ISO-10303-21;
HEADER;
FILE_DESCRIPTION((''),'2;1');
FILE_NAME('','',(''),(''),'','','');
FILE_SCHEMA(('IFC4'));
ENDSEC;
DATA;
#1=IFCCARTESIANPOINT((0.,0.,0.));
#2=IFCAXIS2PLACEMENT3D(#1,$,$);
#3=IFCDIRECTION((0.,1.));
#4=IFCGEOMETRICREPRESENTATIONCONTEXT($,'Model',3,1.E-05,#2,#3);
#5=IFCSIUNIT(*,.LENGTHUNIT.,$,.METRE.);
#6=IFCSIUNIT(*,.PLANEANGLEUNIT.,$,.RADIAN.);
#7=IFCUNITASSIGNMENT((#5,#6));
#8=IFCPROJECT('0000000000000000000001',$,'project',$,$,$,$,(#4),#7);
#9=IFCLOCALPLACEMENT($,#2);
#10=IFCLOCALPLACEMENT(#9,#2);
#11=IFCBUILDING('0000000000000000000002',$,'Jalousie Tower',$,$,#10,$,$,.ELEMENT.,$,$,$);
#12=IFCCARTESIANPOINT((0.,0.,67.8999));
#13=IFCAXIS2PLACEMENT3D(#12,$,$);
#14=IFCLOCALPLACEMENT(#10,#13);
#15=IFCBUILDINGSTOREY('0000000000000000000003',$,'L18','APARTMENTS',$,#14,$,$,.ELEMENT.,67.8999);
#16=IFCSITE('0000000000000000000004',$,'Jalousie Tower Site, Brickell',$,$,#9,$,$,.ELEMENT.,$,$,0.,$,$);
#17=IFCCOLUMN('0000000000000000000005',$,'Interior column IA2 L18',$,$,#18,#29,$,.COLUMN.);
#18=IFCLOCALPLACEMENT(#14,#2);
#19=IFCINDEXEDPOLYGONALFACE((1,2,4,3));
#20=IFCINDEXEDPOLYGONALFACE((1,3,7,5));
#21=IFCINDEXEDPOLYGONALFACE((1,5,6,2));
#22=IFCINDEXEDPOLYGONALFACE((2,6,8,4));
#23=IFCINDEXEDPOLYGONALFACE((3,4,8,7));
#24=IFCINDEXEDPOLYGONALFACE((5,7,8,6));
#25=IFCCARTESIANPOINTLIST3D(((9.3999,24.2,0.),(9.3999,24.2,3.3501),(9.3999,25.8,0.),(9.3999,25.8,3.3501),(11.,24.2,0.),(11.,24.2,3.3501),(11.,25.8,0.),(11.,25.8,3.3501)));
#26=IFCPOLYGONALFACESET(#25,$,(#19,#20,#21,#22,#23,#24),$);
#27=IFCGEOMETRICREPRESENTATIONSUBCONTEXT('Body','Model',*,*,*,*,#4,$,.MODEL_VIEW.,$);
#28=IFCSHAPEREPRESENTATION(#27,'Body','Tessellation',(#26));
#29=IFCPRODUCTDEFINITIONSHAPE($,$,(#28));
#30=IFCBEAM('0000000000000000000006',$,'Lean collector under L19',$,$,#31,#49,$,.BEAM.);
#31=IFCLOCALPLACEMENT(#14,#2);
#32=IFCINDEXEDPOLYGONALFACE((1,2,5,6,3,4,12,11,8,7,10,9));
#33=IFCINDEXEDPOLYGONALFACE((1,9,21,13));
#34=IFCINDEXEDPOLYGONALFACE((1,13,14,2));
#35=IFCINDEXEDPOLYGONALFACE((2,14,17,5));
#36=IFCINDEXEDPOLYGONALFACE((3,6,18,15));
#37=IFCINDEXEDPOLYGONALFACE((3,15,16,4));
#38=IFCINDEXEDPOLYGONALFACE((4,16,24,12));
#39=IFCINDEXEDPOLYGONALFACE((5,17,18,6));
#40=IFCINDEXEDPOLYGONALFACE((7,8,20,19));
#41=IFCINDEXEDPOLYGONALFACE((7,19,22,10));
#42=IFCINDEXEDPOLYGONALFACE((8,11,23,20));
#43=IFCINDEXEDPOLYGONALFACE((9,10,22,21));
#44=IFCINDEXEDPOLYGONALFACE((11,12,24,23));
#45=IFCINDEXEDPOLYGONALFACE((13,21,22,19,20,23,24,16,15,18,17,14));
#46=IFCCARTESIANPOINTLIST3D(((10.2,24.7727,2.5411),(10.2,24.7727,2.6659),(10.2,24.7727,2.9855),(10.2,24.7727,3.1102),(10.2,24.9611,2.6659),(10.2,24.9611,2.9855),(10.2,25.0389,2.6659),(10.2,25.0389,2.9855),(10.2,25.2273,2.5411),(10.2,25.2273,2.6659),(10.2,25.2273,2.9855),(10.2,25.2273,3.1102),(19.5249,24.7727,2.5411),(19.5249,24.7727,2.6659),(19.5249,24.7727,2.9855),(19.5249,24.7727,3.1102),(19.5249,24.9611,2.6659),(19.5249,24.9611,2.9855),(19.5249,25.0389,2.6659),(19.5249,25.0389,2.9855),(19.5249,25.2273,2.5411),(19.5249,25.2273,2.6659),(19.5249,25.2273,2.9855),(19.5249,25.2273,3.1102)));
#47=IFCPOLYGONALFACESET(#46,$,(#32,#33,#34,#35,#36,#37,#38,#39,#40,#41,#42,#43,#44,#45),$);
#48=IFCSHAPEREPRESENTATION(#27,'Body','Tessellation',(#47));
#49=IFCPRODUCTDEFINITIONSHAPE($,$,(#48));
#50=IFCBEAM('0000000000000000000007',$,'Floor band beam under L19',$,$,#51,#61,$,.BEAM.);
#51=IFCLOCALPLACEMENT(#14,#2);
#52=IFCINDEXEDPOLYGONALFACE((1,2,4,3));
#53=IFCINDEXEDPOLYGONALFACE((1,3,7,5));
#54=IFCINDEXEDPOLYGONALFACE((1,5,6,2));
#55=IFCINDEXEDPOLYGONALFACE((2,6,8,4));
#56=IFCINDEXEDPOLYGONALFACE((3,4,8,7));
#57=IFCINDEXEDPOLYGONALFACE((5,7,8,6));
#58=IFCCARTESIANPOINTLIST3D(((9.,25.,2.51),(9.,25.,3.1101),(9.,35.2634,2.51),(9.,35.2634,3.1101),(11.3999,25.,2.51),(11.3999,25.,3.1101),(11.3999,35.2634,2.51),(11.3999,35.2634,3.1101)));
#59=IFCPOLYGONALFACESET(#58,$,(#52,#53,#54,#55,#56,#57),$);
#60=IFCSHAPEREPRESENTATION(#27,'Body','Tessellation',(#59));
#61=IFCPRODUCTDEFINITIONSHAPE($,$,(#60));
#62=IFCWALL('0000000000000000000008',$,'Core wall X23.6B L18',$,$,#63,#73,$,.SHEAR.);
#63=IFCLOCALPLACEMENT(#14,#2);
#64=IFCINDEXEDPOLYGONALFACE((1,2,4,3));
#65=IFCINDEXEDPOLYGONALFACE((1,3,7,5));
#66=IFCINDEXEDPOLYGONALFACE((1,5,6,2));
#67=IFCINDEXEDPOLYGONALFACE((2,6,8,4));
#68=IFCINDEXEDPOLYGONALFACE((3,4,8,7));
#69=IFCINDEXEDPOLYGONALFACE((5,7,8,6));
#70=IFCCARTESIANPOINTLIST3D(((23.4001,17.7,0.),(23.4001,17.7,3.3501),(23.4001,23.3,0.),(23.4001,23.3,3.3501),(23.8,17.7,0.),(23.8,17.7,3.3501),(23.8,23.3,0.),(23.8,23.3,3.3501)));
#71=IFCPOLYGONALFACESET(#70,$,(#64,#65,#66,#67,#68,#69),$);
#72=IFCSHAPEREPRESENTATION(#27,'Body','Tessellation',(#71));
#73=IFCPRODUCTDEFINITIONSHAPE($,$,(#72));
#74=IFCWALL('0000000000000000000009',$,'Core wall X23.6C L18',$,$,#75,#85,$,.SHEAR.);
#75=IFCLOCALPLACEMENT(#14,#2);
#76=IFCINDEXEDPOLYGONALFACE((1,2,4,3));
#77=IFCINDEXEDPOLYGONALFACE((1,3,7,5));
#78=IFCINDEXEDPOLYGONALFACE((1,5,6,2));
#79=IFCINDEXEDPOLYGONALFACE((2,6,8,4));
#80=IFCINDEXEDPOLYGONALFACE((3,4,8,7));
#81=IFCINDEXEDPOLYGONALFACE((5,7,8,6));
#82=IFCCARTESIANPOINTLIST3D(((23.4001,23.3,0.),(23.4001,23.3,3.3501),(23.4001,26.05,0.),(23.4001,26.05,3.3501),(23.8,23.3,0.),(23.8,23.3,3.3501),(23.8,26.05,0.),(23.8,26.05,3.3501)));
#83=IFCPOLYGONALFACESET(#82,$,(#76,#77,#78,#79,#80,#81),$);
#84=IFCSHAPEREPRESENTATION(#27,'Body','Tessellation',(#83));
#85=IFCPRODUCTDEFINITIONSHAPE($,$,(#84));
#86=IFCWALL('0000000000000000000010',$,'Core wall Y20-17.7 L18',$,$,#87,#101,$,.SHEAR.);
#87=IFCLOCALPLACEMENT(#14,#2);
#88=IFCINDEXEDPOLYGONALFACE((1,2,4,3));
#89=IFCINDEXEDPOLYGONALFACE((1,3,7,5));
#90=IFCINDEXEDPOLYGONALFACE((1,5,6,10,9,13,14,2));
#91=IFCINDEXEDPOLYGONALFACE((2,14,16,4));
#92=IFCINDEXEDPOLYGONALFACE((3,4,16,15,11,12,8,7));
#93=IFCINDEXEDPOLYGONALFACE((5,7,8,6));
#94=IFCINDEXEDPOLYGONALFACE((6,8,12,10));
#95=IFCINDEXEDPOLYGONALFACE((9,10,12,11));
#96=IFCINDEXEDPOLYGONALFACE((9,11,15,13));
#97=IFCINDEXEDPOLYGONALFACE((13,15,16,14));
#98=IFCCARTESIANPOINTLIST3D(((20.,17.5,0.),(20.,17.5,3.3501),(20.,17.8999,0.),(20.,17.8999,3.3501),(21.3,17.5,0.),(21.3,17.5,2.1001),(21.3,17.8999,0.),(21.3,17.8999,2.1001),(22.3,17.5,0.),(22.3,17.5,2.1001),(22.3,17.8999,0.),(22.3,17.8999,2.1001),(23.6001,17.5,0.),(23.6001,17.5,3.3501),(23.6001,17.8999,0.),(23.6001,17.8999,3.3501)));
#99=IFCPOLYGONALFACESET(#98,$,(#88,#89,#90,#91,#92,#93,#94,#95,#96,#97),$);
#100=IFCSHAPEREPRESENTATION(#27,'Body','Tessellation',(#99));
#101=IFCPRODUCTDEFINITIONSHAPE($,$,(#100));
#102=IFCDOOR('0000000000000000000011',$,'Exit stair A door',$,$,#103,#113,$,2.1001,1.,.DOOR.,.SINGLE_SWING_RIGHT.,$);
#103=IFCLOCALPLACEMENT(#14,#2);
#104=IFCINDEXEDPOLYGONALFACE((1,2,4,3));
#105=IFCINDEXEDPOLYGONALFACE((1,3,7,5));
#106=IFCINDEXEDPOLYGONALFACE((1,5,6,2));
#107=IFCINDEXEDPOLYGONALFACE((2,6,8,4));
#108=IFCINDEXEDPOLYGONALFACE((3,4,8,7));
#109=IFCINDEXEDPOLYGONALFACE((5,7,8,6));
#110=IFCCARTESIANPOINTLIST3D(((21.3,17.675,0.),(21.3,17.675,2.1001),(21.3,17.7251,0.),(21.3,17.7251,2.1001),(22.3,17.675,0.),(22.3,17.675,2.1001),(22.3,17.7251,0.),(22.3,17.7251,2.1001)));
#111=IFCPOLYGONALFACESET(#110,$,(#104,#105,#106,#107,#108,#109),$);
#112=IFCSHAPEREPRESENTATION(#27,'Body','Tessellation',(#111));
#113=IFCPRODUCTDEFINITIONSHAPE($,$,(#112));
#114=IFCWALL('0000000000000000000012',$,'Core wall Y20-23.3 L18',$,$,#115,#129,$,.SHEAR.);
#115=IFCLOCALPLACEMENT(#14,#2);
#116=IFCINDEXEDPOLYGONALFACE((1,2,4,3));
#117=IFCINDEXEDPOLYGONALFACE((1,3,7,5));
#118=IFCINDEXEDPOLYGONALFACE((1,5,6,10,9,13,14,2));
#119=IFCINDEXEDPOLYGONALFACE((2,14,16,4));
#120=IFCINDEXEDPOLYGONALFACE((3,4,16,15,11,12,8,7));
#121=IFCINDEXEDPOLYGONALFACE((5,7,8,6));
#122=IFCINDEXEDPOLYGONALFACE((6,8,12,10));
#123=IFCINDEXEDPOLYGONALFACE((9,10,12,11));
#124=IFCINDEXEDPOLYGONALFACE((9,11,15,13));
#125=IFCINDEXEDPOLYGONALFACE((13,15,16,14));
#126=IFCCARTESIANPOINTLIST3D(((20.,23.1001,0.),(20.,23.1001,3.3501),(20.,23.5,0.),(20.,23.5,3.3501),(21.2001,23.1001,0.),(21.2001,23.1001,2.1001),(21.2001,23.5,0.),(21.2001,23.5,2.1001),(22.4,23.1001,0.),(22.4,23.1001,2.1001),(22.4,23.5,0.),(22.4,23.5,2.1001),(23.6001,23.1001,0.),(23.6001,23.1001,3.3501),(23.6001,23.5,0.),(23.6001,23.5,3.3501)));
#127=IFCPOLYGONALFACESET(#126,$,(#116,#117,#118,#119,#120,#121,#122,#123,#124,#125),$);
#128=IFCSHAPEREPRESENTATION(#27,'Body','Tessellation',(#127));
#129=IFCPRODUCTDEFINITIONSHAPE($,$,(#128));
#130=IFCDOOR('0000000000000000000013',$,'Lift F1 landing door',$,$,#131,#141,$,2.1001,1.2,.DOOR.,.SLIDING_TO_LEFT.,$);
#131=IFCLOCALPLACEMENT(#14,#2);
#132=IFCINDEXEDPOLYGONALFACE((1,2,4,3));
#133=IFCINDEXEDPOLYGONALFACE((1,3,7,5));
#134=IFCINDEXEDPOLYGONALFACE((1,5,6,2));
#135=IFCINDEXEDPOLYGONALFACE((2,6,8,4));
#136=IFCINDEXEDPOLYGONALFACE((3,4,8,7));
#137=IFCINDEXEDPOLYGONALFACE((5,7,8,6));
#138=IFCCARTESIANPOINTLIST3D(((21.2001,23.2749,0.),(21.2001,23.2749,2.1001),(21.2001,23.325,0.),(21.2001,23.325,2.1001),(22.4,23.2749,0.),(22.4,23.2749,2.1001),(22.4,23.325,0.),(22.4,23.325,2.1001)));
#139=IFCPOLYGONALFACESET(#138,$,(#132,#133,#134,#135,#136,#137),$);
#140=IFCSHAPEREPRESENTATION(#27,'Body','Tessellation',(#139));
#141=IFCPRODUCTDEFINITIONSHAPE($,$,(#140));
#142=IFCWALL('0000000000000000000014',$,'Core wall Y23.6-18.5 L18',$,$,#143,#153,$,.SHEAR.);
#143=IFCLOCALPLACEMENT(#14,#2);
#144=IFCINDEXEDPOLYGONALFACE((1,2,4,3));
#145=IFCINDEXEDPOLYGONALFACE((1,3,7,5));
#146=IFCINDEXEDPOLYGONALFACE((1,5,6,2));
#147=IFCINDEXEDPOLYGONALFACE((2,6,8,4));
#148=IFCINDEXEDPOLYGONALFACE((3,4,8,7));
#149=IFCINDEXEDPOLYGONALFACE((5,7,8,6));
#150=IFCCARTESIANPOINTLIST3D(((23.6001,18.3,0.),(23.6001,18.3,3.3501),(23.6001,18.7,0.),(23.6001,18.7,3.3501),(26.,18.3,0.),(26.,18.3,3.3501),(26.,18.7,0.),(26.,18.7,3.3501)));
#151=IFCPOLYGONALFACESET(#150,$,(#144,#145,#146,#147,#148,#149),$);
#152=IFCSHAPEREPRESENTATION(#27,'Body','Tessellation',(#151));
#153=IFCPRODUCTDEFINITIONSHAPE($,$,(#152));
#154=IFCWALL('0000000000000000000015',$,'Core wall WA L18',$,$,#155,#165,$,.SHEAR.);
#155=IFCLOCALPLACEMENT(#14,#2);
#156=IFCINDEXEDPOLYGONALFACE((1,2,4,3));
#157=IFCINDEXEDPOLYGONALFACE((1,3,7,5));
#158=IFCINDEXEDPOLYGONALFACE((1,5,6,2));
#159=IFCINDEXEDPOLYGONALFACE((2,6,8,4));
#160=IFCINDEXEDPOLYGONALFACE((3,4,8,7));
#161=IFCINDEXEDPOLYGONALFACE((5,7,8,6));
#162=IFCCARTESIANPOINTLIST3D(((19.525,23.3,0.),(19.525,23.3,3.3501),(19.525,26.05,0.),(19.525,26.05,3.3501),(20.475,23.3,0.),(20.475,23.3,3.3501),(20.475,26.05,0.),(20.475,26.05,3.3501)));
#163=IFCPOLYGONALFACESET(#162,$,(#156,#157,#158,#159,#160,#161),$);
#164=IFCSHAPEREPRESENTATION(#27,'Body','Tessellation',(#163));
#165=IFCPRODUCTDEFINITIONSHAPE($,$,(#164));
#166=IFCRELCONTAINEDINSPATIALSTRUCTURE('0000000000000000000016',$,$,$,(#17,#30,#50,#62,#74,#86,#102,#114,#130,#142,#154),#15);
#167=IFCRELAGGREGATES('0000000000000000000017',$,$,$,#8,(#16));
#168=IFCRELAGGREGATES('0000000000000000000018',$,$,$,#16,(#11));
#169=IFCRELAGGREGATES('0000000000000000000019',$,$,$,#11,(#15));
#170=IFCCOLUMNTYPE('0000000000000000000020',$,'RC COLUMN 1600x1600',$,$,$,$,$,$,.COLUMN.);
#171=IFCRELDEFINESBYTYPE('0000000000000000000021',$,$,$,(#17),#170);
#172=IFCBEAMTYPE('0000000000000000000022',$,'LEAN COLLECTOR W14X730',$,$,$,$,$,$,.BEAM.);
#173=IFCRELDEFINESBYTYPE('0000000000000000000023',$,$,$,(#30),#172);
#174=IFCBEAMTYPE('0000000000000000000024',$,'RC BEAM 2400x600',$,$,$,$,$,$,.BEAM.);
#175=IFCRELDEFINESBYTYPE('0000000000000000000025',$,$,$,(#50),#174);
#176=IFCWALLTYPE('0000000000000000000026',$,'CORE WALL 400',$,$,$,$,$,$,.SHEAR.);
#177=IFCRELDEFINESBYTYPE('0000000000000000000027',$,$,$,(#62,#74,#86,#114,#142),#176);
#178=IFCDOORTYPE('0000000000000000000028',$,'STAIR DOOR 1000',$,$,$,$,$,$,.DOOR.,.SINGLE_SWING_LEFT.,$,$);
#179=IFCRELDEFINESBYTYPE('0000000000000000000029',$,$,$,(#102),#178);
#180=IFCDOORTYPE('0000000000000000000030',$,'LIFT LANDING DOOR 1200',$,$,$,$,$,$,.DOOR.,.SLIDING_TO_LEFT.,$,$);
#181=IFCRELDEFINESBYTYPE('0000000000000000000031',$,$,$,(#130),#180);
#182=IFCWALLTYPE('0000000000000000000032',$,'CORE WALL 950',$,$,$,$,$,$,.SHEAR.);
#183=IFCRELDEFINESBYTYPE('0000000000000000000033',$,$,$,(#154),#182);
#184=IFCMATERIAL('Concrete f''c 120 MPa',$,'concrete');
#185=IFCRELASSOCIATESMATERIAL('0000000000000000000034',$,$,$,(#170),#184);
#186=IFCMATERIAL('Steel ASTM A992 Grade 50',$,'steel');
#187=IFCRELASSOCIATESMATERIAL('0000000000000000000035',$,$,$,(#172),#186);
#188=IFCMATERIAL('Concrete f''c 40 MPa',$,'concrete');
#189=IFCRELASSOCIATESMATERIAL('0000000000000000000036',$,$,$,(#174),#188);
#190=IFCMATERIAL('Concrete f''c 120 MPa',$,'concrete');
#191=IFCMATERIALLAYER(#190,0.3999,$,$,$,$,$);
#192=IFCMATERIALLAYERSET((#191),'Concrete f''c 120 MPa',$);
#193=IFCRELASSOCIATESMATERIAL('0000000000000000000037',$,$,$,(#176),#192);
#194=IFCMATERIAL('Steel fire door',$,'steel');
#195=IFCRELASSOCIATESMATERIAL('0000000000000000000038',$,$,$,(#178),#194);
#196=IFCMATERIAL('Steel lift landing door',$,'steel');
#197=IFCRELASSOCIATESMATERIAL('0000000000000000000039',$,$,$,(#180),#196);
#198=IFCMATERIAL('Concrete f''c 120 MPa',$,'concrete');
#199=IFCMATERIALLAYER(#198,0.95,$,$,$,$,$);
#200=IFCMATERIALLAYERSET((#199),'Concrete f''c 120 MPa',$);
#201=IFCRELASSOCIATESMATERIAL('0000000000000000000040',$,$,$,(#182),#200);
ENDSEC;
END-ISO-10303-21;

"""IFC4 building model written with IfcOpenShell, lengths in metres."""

from ifc_helpers import new_model, si_unit, direction, frame, frame_2d, origin, origin_2d, place, context, subcontext, project, spatial, rectangle, i_section, extrude, material, layer, layer_set, material_profile, profile_set, type_object, element, fill, save


model = new_model("IFC4")

# Units and contexts
model_context = context("Model", 3, precision=1e-05, world=origin(), true_north=direction((0.0, 1.0)))
body_context = subcontext(model_context, "Body", "Model", "MODEL_VIEW")
ifc_project = project(units=[si_unit("LENGTHUNIT", "METRE"), si_unit("PLANEANGLEUNIT", "RADIAN")], contexts=[model_context])

# Site, building, storey
site_placement = place(None, origin())
site = spatial("IfcSite", under=ifc_project, at=site_placement, Name="Jalousie Tower Site, Brickell", CompositionType="ELEMENT", RefElevation=0.0)
building_placement = place(site_placement, origin())
building = spatial("IfcBuilding", under=site, at=building_placement, Name="Jalousie Tower", CompositionType="ELEMENT")
storey_placement = place(building_placement, frame((0.0, 0.0, 67.8999)))
storey = spatial("IfcBuildingStorey", under=building, at=storey_placement, Name="L18", Description="APARTMENTS", CompositionType="ELEMENT", Elevation=67.8999)

# Column
ifc_material_1 = material(Name="Concrete f'c 120 MPa", Category="concrete")
ifc_material_profile_1 = material_profile(ifc_material_1, rectangle(XDim=1.6001, YDim=1.6001, at=origin_2d()), Name="RC 1600x1600")
ifc_profile_set_1 = profile_set([ifc_material_profile_1], Name="Concrete f'c 120 MPa")
column_type = type_object("IfcColumnType", Name="RC COLUMN 1600x1600", PredefinedType="COLUMN", material=ifc_profile_set_1)
column_placement = place(storey_placement, frame((10.2, 25.0, 0.0), z_axis=(0.0, 0.0, 1.0), x_axis=(1.0, 0.0, 0.0)))
element("IfcColumn", 1, at=column_placement, inside=storey, type_object=column_type, Name="Interior column IA2 L18", PredefinedType="COLUMN", context=body_context, shape_type="SweptSolid", body=[
    extrude(rectangle(XDim=1.6001, YDim=1.6001, at=origin_2d()), origin(), (0.0, 0.0, 1.0), 3.3501),
])

# Beams
ifc_material_2 = material(Name="Steel ASTM A992 Grade 50", Category="steel")
ifc_material_profile_2 = material_profile(ifc_material_2, i_section(OverallWidth=0.4546, OverallDepth=0.5691, WebThickness=0.0779, FlangeThickness=0.1248, at=origin_2d()), Name="W14X730")
ifc_profile_set_2 = profile_set([ifc_material_profile_2], Name="Steel ASTM A992 Grade 50")
beam_type_1 = type_object("IfcBeamType", Name="LEAN COLLECTOR W14X730", PredefinedType="BEAM", material=ifc_profile_set_2)
beam_1_placement = place(storey_placement, frame((10.2, 25.0, 2.8257), z_axis=(1.0, 0.0, 0.0), x_axis=(0.0, 1.0, 0.0)))
element("IfcBeam", 2, at=beam_1_placement, inside=storey, type_object=beam_type_1, Name="Lean collector under L19", PredefinedType="BEAM", context=body_context, shape_type="SweptSolid", body=[
    extrude(i_section(OverallWidth=0.4546, OverallDepth=0.5691, WebThickness=0.0779, FlangeThickness=0.1248, at=origin_2d()), origin(), (0.0, 0.0, 1.0), 9.325),
])
ifc_material_3 = material(Name="Concrete f'c 40 MPa", Category="concrete")
ifc_material_profile_3 = material_profile(ifc_material_3, rectangle(XDim=2.3999, YDim=0.6001, at=origin_2d()), Name="RC 2400x600")
ifc_profile_set_3 = profile_set([ifc_material_profile_3], Name="Concrete f'c 40 MPa")
beam_type_2 = type_object("IfcBeamType", Name="RC BEAM 2400x600", PredefinedType="BEAM", material=ifc_profile_set_3)
beam_2_placement = place(storey_placement, frame((10.2, 25.0, 2.8101), z_axis=(0.0, 1.0, 0.0), x_axis=(-1.0, 0.0, 0.0)))
element("IfcBeam", 3, at=beam_2_placement, inside=storey, type_object=beam_type_2, Name="Floor band beam under L19", PredefinedType="BEAM", context=body_context, shape_type="SweptSolid", body=[
    extrude(rectangle(XDim=2.3999, YDim=0.6001, at=origin_2d()), origin(), (0.0, 0.0, 1.0), 10.2634),
])

# Walls
ifc_material_4 = material(Name="Concrete f'c 120 MPa", Category="concrete")
ifc_layer_1 = layer(ifc_material_4, 0.3999)
ifc_layer_set_1 = layer_set([ifc_layer_1], Name="Concrete f'c 120 MPa")
wall_type_1 = type_object("IfcWallType", Name="CORE WALL 400", PredefinedType="SHEAR", material=ifc_layer_set_1)
wall_1_placement = place(storey_placement, frame((23.6001, 17.7, 0.0), z_axis=(0.0, 0.0, 1.0), x_axis=(0.0, 1.0, 0.0)))
element("IfcWall", 4, at=wall_1_placement, inside=storey, type_object=wall_type_1, Name="Core wall X23.6B L18", PredefinedType="SHEAR", context=body_context, shape_type="SweptSolid", body=[
    extrude(rectangle(XDim=5.6001, YDim=0.3999, at=frame_2d((2.8, 0.0))), origin(), (0.0, 0.0, 1.0), 3.3501),
])
wall_2_placement = place(storey_placement, frame((23.6001, 23.3, 0.0), z_axis=(0.0, 0.0, 1.0), x_axis=(0.0, 1.0, 0.0)))
element("IfcWall", 5, at=wall_2_placement, inside=storey, type_object=wall_type_1, Name="Core wall X23.6C L18", PredefinedType="SHEAR", context=body_context, shape_type="SweptSolid", body=[
    extrude(rectangle(XDim=2.75, YDim=0.3999, at=frame_2d((1.375, 0.0))), origin(), (0.0, 0.0, 1.0), 3.3501),
])

# Walls, openings, doors
wall_3_placement = place(storey_placement, frame((20.0, 17.7, 0.0), z_axis=(0.0, 0.0, 1.0), x_axis=(1.0, 0.0, 0.0)))
wall_3 = element("IfcWall", 6, at=wall_3_placement, inside=storey, type_object=wall_type_1, Name="Core wall Y20-17.7 L18", PredefinedType="SHEAR", context=body_context, shape_type="SweptSolid", body=[
    extrude(rectangle(XDim=3.6001, YDim=0.3999, at=frame_2d((1.8, 0.0))), origin(), (0.0, 0.0, 1.0), 3.3501),
])
opening_1_placement = place(wall_3_placement, frame((1.3, 0.0, 0.0)))
opening_1 = element("IfcOpeningElement", 7, at=opening_1_placement, cuts=wall_3, PredefinedType="OPENING", context=body_context, shape_type="SweptSolid", body=[
    extrude(rectangle(XDim=1.0, YDim=2.1001, at=frame_2d((0.5, 1.05))), frame((0.0, 0.21, 0.0), z_axis=(0.0, -1.0, 0.0), x_axis=(1.0, 0.0, 0.0)), (0.0, 0.0, 1.0), 0.4199),
])
ifc_material_5 = material(Name="Steel fire door", Category="steel")
door_type_1 = type_object("IfcDoorType", Name="STAIR DOOR 1000", OperationType="SINGLE_SWING_LEFT", PredefinedType="DOOR", material=ifc_material_5)
door_1_placement = place(opening_1_placement, frame((1.0, 0.0, 0.0), z_axis=(0.0, 0.0, 1.0), x_axis=(-1.0, 0.0, 0.0)))
door_1 = element("IfcDoor", 8, at=door_1_placement, inside=storey, type_object=door_type_1, Name="Exit stair A door", OperationType="SINGLE_SWING_RIGHT", OverallHeight=2.1001, OverallWidth=1.0, PredefinedType="DOOR", context=body_context, shape_type="SweptSolid", body=[
    extrude(rectangle(XDim=1.0, YDim=2.1001, at=frame_2d((0.5, 1.05))), frame((0.0, 0.0249, 0.0), z_axis=(0.0, -1.0, 0.0), x_axis=(1.0, 0.0, 0.0)), (0.0, 0.0, 1.0), 0.05),
])
fill(opening_1, door_1)
wall_4_placement = place(storey_placement, frame((20.0, 23.3, 0.0), z_axis=(0.0, 0.0, 1.0), x_axis=(1.0, 0.0, 0.0)))
wall_4 = element("IfcWall", 9, at=wall_4_placement, inside=storey, type_object=wall_type_1, Name="Core wall Y20-23.3 L18", PredefinedType="SHEAR", context=body_context, shape_type="SweptSolid", body=[
    extrude(rectangle(XDim=3.6001, YDim=0.3999, at=frame_2d((1.8, 0.0))), origin(), (0.0, 0.0, 1.0), 3.3501),
])
opening_2_placement = place(wall_4_placement, frame((1.2, 0.0, 0.0)))
opening_2 = element("IfcOpeningElement", 10, at=opening_2_placement, cuts=wall_4, PredefinedType="OPENING", context=body_context, shape_type="SweptSolid", body=[
    extrude(rectangle(XDim=1.2, YDim=2.1001, at=frame_2d((0.6001, 1.05))), frame((0.0, 0.21, 0.0), z_axis=(0.0, -1.0, 0.0), x_axis=(1.0, 0.0, 0.0)), (0.0, 0.0, 1.0), 0.4199),
])
ifc_material_6 = material(Name="Steel lift landing door", Category="steel")
door_type_2 = type_object("IfcDoorType", Name="LIFT LANDING DOOR 1200", OperationType="SLIDING_TO_LEFT", PredefinedType="DOOR", material=ifc_material_6)
door_2_placement = place(opening_2_placement, origin())
door_2 = element("IfcDoor", 11, at=door_2_placement, inside=storey, type_object=door_type_2, Name="Lift F1 landing door", OperationType="SLIDING_TO_LEFT", OverallHeight=2.1001, OverallWidth=1.2, PredefinedType="DOOR", context=body_context, shape_type="SweptSolid", body=[
    extrude(rectangle(XDim=1.2, YDim=2.1001, at=frame_2d((0.6001, 1.05))), frame((0.0, 0.0249, 0.0), z_axis=(0.0, -1.0, 0.0), x_axis=(1.0, 0.0, 0.0)), (0.0, 0.0, 1.0), 0.05),
])
fill(opening_2, door_2)

# Walls
wall_5_placement = place(storey_placement, frame((23.6001, 18.5, 0.0), z_axis=(0.0, 0.0, 1.0), x_axis=(1.0, 0.0, 0.0)))
element("IfcWall", 12, at=wall_5_placement, inside=storey, type_object=wall_type_1, Name="Core wall Y23.6-18.5 L18", PredefinedType="SHEAR", context=body_context, shape_type="SweptSolid", body=[
    extrude(rectangle(XDim=2.3999, YDim=0.3999, at=frame_2d((1.2, 0.0))), origin(), (0.0, 0.0, 1.0), 3.3501),
])
ifc_material_7 = material(Name="Concrete f'c 120 MPa", Category="concrete")
ifc_layer_2 = layer(ifc_material_7, 0.95)
ifc_layer_set_2 = layer_set([ifc_layer_2], Name="Concrete f'c 120 MPa")
wall_type_2 = type_object("IfcWallType", Name="CORE WALL 950", PredefinedType="SHEAR", material=ifc_layer_set_2)
wall_6_placement = place(storey_placement, frame((20.0, 26.05, 0.0), z_axis=(0.0, 0.0, 1.0), x_axis=(0.0, -1.0, 0.0)))
element("IfcWall", 13, at=wall_6_placement, inside=storey, type_object=wall_type_2, Name="Core wall WA L18", PredefinedType="SHEAR", context=body_context, shape_type="SweptSolid", body=[
    extrude(rectangle(XDim=2.75, YDim=0.95, at=frame_2d((1.375, 0.0))), origin(), (0.0, 0.0, 1.0), 3.3501),
])

save(model, "model.ifc")
